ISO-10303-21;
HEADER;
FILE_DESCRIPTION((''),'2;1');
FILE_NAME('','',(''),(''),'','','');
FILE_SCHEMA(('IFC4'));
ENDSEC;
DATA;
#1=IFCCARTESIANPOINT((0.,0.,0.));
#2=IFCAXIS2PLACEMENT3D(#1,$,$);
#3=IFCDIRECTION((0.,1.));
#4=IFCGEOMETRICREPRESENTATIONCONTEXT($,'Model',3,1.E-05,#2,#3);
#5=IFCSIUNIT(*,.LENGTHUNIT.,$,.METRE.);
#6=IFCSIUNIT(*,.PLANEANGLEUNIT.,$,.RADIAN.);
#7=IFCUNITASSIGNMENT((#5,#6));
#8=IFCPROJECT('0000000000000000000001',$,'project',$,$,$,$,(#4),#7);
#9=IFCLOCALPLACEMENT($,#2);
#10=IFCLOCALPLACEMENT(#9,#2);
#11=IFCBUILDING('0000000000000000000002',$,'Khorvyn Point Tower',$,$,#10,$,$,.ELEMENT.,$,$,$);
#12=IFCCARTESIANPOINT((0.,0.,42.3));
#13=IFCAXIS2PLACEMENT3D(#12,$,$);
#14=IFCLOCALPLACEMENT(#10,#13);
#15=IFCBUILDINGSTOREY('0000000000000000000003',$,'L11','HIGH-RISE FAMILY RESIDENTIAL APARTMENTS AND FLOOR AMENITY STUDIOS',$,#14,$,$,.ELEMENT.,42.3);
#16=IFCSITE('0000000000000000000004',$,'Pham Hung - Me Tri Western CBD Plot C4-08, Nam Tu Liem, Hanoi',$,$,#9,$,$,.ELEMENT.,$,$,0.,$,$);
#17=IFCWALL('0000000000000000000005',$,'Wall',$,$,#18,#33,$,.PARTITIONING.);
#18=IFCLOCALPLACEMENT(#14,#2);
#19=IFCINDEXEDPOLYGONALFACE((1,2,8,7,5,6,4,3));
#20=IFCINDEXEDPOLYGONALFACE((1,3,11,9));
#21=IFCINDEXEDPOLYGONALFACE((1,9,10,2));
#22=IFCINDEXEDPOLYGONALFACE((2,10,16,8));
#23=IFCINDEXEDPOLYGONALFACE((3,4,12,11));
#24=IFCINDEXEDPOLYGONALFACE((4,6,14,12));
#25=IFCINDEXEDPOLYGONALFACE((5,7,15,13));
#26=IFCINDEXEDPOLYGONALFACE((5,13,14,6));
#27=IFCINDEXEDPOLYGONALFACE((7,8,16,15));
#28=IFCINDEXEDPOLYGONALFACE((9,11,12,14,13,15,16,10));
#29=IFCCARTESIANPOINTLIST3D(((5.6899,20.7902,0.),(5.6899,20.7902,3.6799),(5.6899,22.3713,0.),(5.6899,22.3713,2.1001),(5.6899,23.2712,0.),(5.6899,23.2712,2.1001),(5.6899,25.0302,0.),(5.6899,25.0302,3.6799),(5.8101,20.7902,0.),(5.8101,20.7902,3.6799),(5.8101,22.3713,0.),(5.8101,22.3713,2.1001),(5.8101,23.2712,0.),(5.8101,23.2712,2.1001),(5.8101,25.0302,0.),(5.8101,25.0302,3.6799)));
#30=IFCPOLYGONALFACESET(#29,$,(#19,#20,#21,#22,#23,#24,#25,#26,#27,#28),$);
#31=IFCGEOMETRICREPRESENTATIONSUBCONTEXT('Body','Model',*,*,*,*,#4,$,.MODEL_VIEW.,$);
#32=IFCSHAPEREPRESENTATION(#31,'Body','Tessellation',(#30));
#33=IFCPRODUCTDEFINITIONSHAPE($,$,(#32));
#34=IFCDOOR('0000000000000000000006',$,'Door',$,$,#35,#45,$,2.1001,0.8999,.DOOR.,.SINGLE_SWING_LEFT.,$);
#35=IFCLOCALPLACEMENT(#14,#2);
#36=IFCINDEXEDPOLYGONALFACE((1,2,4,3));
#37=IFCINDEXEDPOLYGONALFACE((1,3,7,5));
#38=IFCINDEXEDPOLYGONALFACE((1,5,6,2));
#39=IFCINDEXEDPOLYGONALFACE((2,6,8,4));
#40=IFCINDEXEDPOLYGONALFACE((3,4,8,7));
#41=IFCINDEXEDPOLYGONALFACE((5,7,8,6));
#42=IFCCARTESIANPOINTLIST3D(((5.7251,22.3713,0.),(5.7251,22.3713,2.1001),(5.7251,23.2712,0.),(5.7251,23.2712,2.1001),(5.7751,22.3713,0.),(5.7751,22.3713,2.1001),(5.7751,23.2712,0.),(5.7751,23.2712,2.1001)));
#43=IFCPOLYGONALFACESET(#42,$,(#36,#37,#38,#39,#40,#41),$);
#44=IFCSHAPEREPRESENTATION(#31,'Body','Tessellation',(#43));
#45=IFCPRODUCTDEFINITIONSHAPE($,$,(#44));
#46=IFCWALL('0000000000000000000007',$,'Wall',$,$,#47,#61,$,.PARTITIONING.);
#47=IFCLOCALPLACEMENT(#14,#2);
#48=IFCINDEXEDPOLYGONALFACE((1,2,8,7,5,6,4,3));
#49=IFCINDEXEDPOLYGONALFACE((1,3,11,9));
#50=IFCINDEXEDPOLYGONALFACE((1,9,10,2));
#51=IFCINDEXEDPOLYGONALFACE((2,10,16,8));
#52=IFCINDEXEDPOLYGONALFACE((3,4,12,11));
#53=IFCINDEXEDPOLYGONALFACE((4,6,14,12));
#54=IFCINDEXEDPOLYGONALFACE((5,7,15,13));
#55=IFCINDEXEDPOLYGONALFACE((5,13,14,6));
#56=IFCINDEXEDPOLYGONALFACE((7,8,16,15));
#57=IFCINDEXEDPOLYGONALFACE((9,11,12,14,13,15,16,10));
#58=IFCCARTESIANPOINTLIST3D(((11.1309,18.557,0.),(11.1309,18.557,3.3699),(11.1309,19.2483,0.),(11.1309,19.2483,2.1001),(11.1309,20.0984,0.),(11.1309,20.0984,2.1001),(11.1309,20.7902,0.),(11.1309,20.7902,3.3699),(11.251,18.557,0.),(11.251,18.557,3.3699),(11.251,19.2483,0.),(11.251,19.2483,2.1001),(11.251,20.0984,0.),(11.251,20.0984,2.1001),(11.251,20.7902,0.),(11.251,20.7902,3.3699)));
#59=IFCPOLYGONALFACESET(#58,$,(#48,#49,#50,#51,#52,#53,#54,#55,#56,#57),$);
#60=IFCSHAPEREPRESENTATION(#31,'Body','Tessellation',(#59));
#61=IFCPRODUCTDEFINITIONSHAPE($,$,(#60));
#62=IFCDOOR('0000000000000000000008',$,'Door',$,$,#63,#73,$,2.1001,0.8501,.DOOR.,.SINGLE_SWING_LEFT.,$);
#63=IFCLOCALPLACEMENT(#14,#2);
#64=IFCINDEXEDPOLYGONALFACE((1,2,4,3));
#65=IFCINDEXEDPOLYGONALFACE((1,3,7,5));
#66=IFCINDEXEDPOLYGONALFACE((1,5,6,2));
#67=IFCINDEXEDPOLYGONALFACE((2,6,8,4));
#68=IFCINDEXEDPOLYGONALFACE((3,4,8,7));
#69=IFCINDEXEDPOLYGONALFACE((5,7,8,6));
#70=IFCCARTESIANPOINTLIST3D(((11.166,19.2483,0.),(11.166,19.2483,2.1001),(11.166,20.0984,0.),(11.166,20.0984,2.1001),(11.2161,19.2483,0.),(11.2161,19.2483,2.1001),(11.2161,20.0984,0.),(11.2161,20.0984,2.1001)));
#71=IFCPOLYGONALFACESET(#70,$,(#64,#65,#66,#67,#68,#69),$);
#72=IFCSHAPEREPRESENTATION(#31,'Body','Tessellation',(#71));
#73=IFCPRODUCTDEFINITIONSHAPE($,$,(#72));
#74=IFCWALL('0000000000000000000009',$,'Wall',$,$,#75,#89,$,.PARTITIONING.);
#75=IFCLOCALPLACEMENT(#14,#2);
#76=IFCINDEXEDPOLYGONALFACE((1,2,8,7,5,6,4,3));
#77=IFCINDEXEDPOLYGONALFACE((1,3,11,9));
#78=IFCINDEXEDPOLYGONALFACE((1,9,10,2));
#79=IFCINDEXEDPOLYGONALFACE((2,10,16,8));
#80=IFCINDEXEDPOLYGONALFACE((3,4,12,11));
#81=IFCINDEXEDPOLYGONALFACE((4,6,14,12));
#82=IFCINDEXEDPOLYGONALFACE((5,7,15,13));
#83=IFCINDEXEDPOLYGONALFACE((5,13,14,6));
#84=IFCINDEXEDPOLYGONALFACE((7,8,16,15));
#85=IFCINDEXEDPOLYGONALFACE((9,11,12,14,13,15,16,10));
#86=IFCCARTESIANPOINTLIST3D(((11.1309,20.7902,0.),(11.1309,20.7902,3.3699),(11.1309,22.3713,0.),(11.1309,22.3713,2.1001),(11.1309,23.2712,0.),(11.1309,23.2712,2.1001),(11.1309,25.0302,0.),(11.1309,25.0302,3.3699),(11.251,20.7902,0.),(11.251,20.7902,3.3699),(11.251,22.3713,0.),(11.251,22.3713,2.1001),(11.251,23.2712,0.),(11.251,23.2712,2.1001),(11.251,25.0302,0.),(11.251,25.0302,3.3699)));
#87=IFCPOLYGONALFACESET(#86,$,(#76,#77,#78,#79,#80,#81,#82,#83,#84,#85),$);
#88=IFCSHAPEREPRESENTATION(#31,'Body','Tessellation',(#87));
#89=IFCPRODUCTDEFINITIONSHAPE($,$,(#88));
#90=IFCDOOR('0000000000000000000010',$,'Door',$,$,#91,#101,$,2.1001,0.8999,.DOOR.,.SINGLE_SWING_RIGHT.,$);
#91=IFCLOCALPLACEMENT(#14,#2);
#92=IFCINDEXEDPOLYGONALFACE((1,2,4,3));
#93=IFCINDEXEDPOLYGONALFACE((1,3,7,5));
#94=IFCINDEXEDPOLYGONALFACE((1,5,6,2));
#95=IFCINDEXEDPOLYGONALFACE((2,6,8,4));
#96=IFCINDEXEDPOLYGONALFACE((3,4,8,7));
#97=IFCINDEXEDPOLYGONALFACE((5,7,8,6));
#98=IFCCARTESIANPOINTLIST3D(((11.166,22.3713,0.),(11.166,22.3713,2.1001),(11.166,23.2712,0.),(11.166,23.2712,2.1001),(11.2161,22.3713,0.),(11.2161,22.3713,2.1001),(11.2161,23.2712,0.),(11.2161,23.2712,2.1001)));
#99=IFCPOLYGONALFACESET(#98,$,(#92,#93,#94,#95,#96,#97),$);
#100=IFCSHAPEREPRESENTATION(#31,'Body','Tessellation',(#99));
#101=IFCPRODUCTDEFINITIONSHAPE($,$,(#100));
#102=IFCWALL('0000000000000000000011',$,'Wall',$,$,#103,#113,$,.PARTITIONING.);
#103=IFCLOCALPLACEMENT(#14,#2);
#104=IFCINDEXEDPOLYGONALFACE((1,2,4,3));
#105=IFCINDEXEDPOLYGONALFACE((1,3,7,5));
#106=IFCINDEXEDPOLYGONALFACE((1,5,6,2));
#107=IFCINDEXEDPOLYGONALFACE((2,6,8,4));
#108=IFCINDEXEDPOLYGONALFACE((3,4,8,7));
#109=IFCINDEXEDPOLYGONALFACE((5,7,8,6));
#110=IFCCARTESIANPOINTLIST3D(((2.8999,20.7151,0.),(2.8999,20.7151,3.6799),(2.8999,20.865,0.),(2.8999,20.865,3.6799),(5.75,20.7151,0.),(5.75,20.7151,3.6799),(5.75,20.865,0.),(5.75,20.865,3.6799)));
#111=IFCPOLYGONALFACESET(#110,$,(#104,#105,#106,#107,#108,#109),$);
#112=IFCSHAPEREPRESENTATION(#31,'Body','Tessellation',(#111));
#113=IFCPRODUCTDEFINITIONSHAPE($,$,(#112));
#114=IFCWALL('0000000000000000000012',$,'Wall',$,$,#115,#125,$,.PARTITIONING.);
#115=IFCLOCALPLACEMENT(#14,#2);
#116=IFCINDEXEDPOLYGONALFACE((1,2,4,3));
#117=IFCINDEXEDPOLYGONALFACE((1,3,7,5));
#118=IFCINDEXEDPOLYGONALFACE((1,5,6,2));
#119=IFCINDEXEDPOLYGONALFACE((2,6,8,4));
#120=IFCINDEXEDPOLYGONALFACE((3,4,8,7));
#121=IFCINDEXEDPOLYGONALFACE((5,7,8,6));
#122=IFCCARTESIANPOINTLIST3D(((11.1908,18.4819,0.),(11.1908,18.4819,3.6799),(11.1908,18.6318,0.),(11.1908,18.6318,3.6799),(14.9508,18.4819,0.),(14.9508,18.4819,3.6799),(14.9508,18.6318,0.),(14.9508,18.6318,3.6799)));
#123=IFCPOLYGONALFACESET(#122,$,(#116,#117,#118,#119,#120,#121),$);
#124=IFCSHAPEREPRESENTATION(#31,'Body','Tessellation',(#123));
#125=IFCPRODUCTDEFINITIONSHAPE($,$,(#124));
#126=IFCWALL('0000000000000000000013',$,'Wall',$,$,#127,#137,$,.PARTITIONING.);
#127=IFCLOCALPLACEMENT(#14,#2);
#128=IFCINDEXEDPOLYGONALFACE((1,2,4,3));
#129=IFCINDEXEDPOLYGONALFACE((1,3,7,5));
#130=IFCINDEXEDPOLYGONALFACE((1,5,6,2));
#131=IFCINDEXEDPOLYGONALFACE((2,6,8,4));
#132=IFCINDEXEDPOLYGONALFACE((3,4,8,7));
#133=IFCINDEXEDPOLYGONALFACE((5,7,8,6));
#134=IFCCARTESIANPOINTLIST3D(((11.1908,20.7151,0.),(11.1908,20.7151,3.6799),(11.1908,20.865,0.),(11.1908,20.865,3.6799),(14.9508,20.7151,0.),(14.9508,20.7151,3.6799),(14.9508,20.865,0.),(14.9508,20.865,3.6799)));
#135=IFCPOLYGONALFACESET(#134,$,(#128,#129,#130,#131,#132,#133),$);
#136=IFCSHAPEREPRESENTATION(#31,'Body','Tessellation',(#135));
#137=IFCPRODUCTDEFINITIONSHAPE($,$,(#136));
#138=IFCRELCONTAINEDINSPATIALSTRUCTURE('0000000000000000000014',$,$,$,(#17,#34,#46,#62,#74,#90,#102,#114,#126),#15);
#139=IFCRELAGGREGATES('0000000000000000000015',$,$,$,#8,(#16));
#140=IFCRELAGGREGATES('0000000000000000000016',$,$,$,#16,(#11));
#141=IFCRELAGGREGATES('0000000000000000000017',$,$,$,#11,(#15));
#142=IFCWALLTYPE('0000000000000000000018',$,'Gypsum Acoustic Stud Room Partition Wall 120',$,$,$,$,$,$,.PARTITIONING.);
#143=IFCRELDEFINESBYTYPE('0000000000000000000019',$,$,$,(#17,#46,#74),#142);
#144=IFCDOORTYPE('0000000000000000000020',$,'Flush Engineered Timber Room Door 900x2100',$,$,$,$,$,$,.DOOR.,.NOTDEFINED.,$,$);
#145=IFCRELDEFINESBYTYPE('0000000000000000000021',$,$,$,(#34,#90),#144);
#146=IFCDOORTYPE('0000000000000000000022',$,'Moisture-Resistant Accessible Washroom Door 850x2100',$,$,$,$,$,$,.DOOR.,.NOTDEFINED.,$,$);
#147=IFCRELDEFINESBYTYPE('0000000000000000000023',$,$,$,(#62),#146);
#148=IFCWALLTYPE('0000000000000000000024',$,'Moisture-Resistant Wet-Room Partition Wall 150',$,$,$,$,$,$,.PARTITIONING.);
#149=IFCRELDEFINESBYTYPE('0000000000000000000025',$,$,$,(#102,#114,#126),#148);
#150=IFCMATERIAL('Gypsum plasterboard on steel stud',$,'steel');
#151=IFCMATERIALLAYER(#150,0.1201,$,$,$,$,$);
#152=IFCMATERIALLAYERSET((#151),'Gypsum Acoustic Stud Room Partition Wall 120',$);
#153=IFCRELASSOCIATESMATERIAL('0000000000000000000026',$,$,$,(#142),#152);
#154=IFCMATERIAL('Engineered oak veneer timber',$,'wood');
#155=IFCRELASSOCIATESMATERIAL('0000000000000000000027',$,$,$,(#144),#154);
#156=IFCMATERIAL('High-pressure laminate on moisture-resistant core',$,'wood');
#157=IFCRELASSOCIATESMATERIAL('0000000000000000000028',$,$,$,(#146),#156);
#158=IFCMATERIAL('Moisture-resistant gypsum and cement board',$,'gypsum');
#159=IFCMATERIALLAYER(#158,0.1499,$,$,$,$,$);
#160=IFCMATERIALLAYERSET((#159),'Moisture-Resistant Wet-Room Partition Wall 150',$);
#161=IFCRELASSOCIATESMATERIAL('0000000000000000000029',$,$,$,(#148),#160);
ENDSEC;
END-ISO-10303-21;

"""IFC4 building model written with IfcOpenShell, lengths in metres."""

from ifc_helpers import new_model, si_unit, direction, frame, frame_2d, origin, place, context, subcontext, project, spatial, rectangle, extrude, material, layer, layer_set, type_object, element, fill, save


model = new_model("IFC4")

# Units and contexts
model_context = context("Model", 3, precision=1e-05, world=origin(), true_north=direction((0.0, 1.0)))
body_context = subcontext(model_context, "Body", "Model", "MODEL_VIEW")
ifc_project = project(units=[si_unit("LENGTHUNIT", "METRE"), si_unit("PLANEANGLEUNIT", "RADIAN")], contexts=[model_context])

# Site, building, storey
site_placement = place(None, origin())
site = spatial("IfcSite", under=ifc_project, at=site_placement, Name="Pham Hung - Me Tri Western CBD Plot C4-08, Nam Tu Liem, Hanoi", CompositionType="ELEMENT", RefElevation=0.0)
building_placement = place(site_placement, origin())
building = spatial("IfcBuilding", under=site, at=building_placement, Name="Khorvyn Point Tower", CompositionType="ELEMENT")
storey_placement = place(building_placement, frame((0.0, 0.0, 42.3)))
storey = spatial("IfcBuildingStorey", under=building, at=storey_placement, Name="L11", Description="HIGH-RISE FAMILY RESIDENTIAL APARTMENTS AND FLOOR AMENITY STUDIOS", CompositionType="ELEMENT", Elevation=42.3)

# Walls, openings, doors
ifc_material_1 = material(Name="Gypsum plasterboard on steel stud", Category="steel")
ifc_layer_1 = layer(ifc_material_1, 0.1201)
ifc_layer_set_1 = layer_set([ifc_layer_1], Name="Gypsum Acoustic Stud Room Partition Wall 120")
wall_type_1 = type_object("IfcWallType", Name="Gypsum Acoustic Stud Room Partition Wall 120", PredefinedType="PARTITIONING", material=ifc_layer_set_1)
wall_1_placement = place(storey_placement, frame((5.75, 20.79, 0.0), z_axis=(0.0, 0.0, 1.0), x_axis=(0.0, 1.0, 0.0)))
wall_1 = element("IfcWall", 1, at=wall_1_placement, inside=storey, type_object=wall_type_1, Name="Wall", PredefinedType="PARTITIONING", context=body_context, shape_type="SweptSolid", body=[
    extrude(rectangle(XDim=4.24, YDim=0.1201, at=frame_2d((2.1201, 0.0))), origin(), (0.0, 0.0, 1.0), 3.6799),
])
opening_1_placement = place(wall_1_placement, frame((1.5813, 0.0, 0.0)))
opening_1 = element("IfcOpeningElement", 2, at=opening_1_placement, cuts=wall_1, PredefinedType="OPENING", context=body_context, shape_type="SweptSolid", body=[
    extrude(rectangle(XDim=0.8999, YDim=2.1001, at=frame_2d((0.45, 1.05))), frame((0.0, 0.0701, 0.0), z_axis=(0.0, -1.0, 0.0), x_axis=(1.0, 0.0, 0.0)), (0.0, 0.0, 1.0), 0.1401),
])
ifc_material_2 = material(Name="Engineered oak veneer timber", Category="wood")
door_type_1 = type_object("IfcDoorType", Name="Flush Engineered Timber Room Door 900x2100", OperationType="NOTDEFINED", PredefinedType="DOOR", material=ifc_material_2)
door_1_placement = place(opening_1_placement, origin())
door_1 = element("IfcDoor", 3, at=door_1_placement, inside=storey, type_object=door_type_1, Name="Door", OperationType="SINGLE_SWING_LEFT", OverallHeight=2.1001, OverallWidth=0.8999, PredefinedType="DOOR", context=body_context, shape_type="SweptSolid", body=[
    extrude(rectangle(XDim=0.8999, YDim=2.1001, at=frame_2d((0.45, 1.05))), frame((0.0, 0.0249, 0.0), z_axis=(0.0, -1.0, 0.0), x_axis=(1.0, 0.0, 0.0)), (0.0, 0.0, 1.0), 0.05),
])
fill(opening_1, door_1)
wall_2_placement = place(storey_placement, frame((11.1909, 18.5569, 0.0), z_axis=(0.0, 0.0, 1.0), x_axis=(0.0, 1.0, 0.0)))
wall_2 = element("IfcWall", 4, at=wall_2_placement, inside=storey, type_object=wall_type_1, Name="Wall", PredefinedType="PARTITIONING", context=body_context, shape_type="SweptSolid", body=[
    extrude(rectangle(XDim=2.2332, YDim=0.1201, at=frame_2d((1.1167, 0.0))), origin(), (0.0, 0.0, 1.0), 3.3699),
])
opening_2_placement = place(wall_2_placement, frame((0.6914, 0.0, 0.0)))
opening_2 = element("IfcOpeningElement", 5, at=opening_2_placement, cuts=wall_2, PredefinedType="OPENING", context=body_context, shape_type="SweptSolid", body=[
    extrude(rectangle(XDim=0.8501, YDim=2.1001, at=frame_2d((0.425, 1.05))), frame((0.0, 0.0701, 0.0), z_axis=(0.0, -1.0, 0.0), x_axis=(1.0, 0.0, 0.0)), (0.0, 0.0, 1.0), 0.1401),
])
ifc_material_3 = material(Name="High-pressure laminate on moisture-resistant core", Category="wood")
door_type_2 = type_object("IfcDoorType", Name="Moisture-Resistant Accessible Washroom Door 850x2100", OperationType="NOTDEFINED", PredefinedType="DOOR", material=ifc_material_3)
door_2_placement = place(opening_2_placement, origin())
door_2 = element("IfcDoor", 6, at=door_2_placement, inside=storey, type_object=door_type_2, Name="Door", OperationType="SINGLE_SWING_LEFT", OverallHeight=2.1001, OverallWidth=0.8501, PredefinedType="DOOR", context=body_context, shape_type="SweptSolid", body=[
    extrude(rectangle(XDim=0.8501, YDim=2.1001, at=frame_2d((0.425, 1.05))), frame((0.0, 0.0249, 0.0), z_axis=(0.0, -1.0, 0.0), x_axis=(1.0, 0.0, 0.0)), (0.0, 0.0, 1.0), 0.05),
])
fill(opening_2, door_2)
wall_3_placement = place(storey_placement, frame((11.1909, 20.79, 0.0), z_axis=(0.0, 0.0, 1.0), x_axis=(0.0, 1.0, 0.0)))
wall_3 = element("IfcWall", 7, at=wall_3_placement, inside=storey, type_object=wall_type_1, Name="Wall", PredefinedType="PARTITIONING", context=body_context, shape_type="SweptSolid", body=[
    extrude(rectangle(XDim=4.24, YDim=0.1201, at=frame_2d((2.1201, 0.0))), origin(), (0.0, 0.0, 1.0), 3.3699),
])
opening_3_placement = place(wall_3_placement, frame((1.5813, 0.0, 0.0)))
opening_3 = element("IfcOpeningElement", 8, at=opening_3_placement, cuts=wall_3, PredefinedType="OPENING", context=body_context, shape_type="SweptSolid", body=[
    extrude(rectangle(XDim=0.8999, YDim=2.1001, at=frame_2d((0.45, 1.05))), frame((0.0, 0.0701, 0.0), z_axis=(0.0, -1.0, 0.0), x_axis=(1.0, 0.0, 0.0)), (0.0, 0.0, 1.0), 0.1401),
])
door_3_placement = place(opening_3_placement, origin())
door_3 = element("IfcDoor", 9, at=door_3_placement, inside=storey, type_object=door_type_1, Name="Door", OperationType="SINGLE_SWING_RIGHT", OverallHeight=2.1001, OverallWidth=0.8999, PredefinedType="DOOR", context=body_context, shape_type="SweptSolid", body=[
    extrude(rectangle(XDim=0.8999, YDim=2.1001, at=frame_2d((0.45, 1.05))), frame((0.0, 0.0249, 0.0), z_axis=(0.0, -1.0, 0.0), x_axis=(1.0, 0.0, 0.0)), (0.0, 0.0, 1.0), 0.05),
])
fill(opening_3, door_3)

# Walls
ifc_material_4 = material(Name="Moisture-resistant gypsum and cement board", Category="gypsum")
ifc_layer_2 = layer(ifc_material_4, 0.1499)
ifc_layer_set_2 = layer_set([ifc_layer_2], Name="Moisture-Resistant Wet-Room Partition Wall 150")
wall_type_2 = type_object("IfcWallType", Name="Moisture-Resistant Wet-Room Partition Wall 150", PredefinedType="PARTITIONING", material=ifc_layer_set_2)
wall_4_placement = place(storey_placement, frame((2.8999, 20.79, 0.0), z_axis=(0.0, 0.0, 1.0), x_axis=(1.0, 0.0, 0.0)))
element("IfcWall", 10, at=wall_4_placement, inside=storey, type_object=wall_type_2, Name="Wall", PredefinedType="PARTITIONING", context=body_context, shape_type="SweptSolid", body=[
    extrude(rectangle(XDim=2.8501, YDim=0.1499, at=frame_2d((1.425, 0.0))), origin(), (0.0, 0.0, 1.0), 3.6799),
])
for number, where, z_axis, x_axis, name in (
    (11, (11.1909, 18.5569, 0.0), (0.0, 0.0, 1.0), (1.0, 0.0, 0.0), "Wall"),
    (12, (11.1909, 20.79, 0.0), (0.0, 0.0, 1.0), (1.0, 0.0, 0.0), "Wall"),
):
    element("IfcWall", number, at=place(storey_placement, frame(where, z_axis=z_axis, x_axis=x_axis)), inside=storey, type_object=wall_type_2, Name=name, PredefinedType="PARTITIONING", context=body_context, shape_type="SweptSolid", body=[
        extrude(rectangle(XDim=3.76, YDim=0.1499, at=frame_2d((1.8799, 0.0))), origin(), (0.0, 0.0, 1.0), 3.6799),
    ])

save(model, "model.ifc")
